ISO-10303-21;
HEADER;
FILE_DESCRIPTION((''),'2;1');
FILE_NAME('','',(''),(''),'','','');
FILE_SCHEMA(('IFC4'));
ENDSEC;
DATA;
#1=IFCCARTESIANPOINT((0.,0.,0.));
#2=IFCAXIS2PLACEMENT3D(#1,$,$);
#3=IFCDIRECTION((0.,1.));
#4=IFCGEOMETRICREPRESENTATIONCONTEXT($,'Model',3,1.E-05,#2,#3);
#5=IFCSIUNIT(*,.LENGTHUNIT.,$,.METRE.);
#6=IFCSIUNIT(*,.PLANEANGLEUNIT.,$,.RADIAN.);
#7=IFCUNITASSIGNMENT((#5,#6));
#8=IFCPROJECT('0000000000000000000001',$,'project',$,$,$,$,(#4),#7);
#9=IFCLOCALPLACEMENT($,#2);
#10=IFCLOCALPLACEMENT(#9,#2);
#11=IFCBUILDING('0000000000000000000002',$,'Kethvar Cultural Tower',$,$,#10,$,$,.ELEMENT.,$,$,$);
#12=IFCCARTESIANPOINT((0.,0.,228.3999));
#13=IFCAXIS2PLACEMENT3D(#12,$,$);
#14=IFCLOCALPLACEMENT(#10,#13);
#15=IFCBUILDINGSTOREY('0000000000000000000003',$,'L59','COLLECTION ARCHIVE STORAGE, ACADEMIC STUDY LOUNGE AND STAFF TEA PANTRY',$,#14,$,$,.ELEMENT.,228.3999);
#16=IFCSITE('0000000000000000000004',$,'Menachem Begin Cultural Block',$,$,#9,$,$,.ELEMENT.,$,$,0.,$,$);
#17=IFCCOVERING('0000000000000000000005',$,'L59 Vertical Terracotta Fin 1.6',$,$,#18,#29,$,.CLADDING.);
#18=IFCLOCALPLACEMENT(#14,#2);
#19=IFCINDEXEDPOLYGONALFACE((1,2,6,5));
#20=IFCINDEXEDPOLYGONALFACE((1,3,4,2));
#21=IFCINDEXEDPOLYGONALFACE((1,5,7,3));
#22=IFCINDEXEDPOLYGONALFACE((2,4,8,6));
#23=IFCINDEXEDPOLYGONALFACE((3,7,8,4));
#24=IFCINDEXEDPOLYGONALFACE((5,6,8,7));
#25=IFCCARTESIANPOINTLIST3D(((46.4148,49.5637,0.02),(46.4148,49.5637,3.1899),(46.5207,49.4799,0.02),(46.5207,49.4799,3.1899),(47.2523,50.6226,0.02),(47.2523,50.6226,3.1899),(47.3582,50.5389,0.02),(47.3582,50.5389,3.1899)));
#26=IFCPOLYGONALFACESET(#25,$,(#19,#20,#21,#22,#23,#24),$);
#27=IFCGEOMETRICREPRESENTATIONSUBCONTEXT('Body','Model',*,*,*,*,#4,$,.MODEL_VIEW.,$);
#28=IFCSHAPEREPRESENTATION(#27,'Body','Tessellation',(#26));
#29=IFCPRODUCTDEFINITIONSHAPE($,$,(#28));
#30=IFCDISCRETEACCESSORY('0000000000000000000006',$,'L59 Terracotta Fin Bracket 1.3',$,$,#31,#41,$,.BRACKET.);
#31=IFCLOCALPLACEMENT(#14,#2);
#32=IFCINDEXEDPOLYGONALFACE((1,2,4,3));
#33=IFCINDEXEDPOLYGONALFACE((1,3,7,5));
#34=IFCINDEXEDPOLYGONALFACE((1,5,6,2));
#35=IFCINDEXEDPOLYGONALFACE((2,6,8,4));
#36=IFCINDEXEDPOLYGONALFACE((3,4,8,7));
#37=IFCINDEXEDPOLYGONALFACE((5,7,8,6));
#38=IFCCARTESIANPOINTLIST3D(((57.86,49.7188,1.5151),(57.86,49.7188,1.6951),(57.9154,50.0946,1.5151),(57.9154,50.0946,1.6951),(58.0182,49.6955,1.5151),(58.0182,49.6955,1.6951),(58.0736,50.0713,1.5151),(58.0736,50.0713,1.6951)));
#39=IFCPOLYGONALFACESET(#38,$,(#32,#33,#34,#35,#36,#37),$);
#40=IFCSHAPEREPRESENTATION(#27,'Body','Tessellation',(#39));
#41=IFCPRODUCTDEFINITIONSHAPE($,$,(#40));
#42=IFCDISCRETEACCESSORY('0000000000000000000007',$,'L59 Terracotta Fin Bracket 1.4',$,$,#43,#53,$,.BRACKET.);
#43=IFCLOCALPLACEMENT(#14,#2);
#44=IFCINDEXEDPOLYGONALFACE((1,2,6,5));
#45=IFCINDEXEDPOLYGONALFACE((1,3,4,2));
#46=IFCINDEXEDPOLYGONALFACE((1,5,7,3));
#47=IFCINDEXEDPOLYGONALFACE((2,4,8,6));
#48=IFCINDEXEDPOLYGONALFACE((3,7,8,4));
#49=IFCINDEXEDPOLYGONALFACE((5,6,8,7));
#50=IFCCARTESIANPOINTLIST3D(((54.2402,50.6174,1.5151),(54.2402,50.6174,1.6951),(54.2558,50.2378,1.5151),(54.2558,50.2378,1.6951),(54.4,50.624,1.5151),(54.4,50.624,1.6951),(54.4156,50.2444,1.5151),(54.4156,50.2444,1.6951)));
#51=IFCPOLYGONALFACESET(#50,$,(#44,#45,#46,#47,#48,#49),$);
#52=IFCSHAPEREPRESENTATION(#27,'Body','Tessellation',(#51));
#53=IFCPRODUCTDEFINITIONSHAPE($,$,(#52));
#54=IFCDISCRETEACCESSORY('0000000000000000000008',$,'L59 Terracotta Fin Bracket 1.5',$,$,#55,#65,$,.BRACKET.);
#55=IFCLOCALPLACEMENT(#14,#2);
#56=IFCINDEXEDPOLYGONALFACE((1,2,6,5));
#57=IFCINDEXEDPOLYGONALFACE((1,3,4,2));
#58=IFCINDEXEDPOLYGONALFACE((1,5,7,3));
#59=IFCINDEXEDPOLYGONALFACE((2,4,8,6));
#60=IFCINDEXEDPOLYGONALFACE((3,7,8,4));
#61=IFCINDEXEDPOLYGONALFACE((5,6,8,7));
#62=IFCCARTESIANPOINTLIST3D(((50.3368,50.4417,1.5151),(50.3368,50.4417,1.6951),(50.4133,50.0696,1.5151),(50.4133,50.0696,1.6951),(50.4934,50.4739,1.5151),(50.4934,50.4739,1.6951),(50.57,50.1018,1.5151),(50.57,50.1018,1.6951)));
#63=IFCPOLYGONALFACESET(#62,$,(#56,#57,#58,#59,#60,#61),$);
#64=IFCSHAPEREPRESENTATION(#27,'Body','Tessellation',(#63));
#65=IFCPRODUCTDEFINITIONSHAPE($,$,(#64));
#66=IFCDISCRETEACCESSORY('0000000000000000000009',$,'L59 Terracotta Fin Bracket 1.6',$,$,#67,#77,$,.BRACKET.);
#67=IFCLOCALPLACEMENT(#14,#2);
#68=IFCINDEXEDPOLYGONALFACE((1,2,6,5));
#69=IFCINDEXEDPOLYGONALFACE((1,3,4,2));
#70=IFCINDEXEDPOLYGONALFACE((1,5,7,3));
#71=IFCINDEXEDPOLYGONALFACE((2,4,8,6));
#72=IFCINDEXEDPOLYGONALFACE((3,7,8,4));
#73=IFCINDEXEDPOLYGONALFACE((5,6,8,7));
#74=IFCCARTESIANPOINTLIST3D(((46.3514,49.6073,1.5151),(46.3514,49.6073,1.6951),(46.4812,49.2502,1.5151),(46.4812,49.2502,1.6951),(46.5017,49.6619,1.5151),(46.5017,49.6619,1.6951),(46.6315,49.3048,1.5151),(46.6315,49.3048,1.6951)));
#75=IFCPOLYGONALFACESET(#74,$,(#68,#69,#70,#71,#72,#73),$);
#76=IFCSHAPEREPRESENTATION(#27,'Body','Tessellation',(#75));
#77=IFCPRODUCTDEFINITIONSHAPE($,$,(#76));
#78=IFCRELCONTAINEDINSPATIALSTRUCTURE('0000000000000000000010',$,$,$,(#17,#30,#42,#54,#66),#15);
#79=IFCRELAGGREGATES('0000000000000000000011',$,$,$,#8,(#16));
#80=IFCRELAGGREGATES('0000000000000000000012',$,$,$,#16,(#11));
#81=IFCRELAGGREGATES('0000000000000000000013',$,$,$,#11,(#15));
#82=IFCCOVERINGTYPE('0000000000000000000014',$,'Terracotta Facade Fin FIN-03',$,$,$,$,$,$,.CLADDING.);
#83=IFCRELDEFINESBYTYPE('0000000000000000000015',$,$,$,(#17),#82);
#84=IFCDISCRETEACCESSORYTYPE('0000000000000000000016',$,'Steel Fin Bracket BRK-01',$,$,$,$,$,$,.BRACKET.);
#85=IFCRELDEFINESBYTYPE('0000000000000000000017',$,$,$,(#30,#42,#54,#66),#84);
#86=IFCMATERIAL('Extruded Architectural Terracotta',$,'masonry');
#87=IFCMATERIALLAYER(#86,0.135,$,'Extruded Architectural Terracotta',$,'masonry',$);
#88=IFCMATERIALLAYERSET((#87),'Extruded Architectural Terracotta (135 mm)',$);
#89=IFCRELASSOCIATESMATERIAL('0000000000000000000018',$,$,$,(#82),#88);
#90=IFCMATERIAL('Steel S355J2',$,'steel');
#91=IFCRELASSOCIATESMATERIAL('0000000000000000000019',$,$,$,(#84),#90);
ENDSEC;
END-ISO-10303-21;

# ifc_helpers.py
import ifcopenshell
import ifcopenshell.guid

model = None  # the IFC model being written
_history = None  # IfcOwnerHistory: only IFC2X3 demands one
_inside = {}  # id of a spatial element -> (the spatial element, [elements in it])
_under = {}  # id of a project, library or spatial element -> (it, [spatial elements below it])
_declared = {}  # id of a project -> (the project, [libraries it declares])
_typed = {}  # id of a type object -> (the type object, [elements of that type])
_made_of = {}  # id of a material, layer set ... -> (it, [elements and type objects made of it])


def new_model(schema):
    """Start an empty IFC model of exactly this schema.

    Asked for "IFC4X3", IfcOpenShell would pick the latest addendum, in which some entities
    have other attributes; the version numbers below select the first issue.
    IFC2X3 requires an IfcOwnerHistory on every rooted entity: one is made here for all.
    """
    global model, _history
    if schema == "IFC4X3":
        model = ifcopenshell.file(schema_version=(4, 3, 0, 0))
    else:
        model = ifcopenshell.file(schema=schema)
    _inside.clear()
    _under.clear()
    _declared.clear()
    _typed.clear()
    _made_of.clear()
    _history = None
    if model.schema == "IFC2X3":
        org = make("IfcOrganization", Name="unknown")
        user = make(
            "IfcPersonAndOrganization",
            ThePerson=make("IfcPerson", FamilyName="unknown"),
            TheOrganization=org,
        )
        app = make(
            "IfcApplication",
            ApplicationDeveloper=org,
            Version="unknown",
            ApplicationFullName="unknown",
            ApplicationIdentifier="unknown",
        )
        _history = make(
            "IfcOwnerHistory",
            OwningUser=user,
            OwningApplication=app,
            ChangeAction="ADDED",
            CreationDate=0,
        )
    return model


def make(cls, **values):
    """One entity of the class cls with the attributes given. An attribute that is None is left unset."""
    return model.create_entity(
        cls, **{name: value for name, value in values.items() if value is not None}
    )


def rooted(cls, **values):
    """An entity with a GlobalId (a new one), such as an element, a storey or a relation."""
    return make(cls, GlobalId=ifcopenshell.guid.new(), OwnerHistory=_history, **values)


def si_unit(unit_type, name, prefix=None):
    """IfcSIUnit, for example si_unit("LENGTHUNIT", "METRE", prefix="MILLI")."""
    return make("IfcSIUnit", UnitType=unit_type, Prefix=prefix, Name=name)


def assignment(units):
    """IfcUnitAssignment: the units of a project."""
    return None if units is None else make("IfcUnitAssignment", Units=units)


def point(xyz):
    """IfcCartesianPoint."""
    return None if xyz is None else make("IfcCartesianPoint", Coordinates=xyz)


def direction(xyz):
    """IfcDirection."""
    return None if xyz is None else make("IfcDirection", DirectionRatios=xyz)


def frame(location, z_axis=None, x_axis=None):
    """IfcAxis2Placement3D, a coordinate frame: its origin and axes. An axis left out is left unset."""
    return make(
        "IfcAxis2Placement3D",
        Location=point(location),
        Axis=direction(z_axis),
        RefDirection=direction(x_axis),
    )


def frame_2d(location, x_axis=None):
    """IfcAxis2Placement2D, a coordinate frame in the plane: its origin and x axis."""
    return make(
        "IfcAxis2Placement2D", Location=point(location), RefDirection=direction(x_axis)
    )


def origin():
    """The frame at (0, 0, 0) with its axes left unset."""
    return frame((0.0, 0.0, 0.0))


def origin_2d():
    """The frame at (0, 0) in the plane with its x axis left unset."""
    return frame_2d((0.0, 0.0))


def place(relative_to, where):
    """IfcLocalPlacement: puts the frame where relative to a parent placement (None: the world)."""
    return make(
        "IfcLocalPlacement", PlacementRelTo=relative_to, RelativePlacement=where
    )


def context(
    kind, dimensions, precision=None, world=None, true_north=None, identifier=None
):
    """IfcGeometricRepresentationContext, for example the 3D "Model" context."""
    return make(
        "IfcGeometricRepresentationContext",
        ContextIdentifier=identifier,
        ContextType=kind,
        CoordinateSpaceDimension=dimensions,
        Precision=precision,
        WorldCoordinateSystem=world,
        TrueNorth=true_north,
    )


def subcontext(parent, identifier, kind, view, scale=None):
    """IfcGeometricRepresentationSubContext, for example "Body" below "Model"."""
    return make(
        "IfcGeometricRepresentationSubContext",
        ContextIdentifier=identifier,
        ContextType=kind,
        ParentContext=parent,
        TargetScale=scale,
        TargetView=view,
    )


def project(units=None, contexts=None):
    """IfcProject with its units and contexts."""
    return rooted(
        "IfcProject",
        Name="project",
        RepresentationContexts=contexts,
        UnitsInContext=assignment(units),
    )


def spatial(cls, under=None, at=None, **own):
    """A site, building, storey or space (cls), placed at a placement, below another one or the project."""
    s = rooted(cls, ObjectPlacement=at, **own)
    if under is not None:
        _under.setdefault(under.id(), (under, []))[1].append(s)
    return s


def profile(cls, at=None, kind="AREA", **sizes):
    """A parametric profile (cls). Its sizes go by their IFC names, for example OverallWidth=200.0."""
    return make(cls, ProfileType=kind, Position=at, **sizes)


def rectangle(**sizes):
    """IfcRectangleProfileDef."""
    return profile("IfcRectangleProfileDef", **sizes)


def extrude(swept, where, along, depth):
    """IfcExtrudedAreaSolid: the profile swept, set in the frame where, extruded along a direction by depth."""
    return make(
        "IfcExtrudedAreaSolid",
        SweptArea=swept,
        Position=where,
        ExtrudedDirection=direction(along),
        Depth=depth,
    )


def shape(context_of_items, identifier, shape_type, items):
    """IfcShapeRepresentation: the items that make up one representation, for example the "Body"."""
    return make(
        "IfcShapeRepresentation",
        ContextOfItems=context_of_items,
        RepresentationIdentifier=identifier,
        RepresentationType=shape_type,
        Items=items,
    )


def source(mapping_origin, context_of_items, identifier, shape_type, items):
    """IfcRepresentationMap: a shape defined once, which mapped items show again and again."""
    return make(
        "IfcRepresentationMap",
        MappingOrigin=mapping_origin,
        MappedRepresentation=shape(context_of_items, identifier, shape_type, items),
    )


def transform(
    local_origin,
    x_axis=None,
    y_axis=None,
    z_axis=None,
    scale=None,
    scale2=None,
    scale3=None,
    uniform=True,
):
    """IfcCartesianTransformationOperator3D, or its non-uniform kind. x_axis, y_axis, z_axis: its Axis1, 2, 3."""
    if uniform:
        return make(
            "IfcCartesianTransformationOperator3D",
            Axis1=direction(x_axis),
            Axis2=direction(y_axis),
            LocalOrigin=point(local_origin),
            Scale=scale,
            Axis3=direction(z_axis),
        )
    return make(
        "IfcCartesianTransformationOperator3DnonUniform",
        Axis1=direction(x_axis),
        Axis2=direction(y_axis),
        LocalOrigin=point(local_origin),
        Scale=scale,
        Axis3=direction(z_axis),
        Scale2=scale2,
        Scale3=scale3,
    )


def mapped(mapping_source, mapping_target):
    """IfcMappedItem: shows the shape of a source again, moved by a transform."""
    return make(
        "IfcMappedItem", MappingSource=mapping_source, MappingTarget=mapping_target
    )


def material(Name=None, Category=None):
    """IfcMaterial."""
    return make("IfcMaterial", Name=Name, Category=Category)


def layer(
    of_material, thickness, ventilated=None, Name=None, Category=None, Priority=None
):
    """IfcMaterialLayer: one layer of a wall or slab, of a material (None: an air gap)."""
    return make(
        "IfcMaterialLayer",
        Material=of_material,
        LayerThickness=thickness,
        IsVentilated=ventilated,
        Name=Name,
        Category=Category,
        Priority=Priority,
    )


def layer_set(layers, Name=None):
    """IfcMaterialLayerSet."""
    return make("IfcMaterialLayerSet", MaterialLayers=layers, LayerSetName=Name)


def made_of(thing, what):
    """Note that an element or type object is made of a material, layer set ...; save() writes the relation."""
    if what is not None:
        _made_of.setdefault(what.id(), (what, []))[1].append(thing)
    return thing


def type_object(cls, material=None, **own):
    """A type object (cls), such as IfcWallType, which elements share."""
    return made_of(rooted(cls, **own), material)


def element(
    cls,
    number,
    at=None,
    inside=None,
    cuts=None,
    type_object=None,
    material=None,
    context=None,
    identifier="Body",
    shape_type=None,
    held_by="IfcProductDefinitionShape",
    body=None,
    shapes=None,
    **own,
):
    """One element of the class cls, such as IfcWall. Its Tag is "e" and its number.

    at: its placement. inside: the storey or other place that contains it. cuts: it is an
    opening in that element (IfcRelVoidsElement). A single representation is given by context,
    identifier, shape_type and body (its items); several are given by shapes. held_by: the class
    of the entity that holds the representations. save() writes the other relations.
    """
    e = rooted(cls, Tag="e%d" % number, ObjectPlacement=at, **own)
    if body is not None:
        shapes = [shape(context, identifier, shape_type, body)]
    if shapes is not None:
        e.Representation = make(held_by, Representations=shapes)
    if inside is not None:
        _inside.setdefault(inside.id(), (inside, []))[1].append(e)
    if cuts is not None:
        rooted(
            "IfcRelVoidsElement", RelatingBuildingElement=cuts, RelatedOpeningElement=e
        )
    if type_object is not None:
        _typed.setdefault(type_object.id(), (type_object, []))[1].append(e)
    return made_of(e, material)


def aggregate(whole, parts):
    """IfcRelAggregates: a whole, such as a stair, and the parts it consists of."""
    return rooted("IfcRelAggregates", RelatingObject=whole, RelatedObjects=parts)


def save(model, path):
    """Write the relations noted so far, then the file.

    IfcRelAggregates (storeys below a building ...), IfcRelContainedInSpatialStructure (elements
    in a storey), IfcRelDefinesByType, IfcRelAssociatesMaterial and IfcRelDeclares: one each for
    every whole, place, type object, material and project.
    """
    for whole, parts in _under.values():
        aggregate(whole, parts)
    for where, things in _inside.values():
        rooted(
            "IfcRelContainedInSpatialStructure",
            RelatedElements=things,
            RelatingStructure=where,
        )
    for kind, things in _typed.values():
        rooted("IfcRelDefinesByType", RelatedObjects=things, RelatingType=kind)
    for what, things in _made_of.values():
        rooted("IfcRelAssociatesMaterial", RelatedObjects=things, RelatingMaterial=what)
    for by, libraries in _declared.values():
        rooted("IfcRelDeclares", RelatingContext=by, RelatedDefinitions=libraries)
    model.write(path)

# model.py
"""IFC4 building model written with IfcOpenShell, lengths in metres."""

from ifc_helpers import new_model, si_unit, direction, frame, origin, origin_2d, place, context, subcontext, project, spatial, rectangle, extrude, source, transform, mapped, material, layer, layer_set, type_object, element, save


model = new_model("IFC4")

# Units and contexts
model_context = context("Model", 3, precision=1e-05, world=origin(), true_north=direction((0.0, 1.0)))
body_context = subcontext(model_context, "Body", "Model", "MODEL_VIEW")
ifc_project = project(units=[si_unit("LENGTHUNIT", "METRE"), si_unit("PLANEANGLEUNIT", "RADIAN")], contexts=[model_context])

# Site, building, storey
site_placement = place(None, origin())
site = spatial("IfcSite", under=ifc_project, at=site_placement, Name="Menachem Begin Cultural Block", CompositionType="ELEMENT", RefElevation=0.0)
building_placement = place(site_placement, origin())
building = spatial("IfcBuilding", under=site, at=building_placement, Name="Kethvar Cultural Tower", CompositionType="ELEMENT")
storey_placement = place(building_placement, frame((0.0, 0.0, 228.3999)))
storey = spatial("IfcBuildingStorey", under=building, at=storey_placement, Name="L59", Description="COLLECTION ARCHIVE STORAGE, ACADEMIC STUDY LOUNGE AND STAFF TEA PANTRY", CompositionType="ELEMENT", Elevation=228.3999)

# Shared definitions
ifc_material_1 = material(Name="Steel S355J2", Category="steel")

# Covering
ifc_material_2 = material(Name="Extruded Architectural Terracotta", Category="masonry")
ifc_layer_1 = layer(ifc_material_2, 0.135, Name="Extruded Architectural Terracotta", Category="masonry")
ifc_layer_set_1 = layer_set([ifc_layer_1], Name="Extruded Architectural Terracotta (135 mm)")
covering_type = type_object("IfcCoveringType", Name="Terracotta Facade Fin FIN-03", PredefinedType="CLADDING", material=ifc_layer_set_1)
shared_shape_1 = source(origin(), body_context, "Body", "SweptSolid", [
    extrude(rectangle(XDim=1.3501, YDim=0.135, at=origin_2d()), origin(), (0.0, 0.0, 1.0), 3.1699),
])
for number, where, z_axis, x_axis, name in (
    (1, (46.8865, 50.0513, 0.02), (0.0, 0.0, 1.0), (0.620327, 0.784343, 0.0), "L59 Vertical Terracotta Fin 1.6"),
):
    element("IfcCovering", number, at=place(storey_placement, frame(where, z_axis=z_axis, x_axis=x_axis)), inside=storey, type_object=covering_type, Name=name, PredefinedType="CLADDING", context=body_context, shape_type="MappedRepresentation", body=[
        mapped(shared_shape_1, transform((0.0, 0.0, 0.0), scale=1.0)),
    ])

# Discrete accessories
discrete_accessory_type = type_object("IfcDiscreteAccessoryType", Name="Steel Fin Bracket BRK-01", PredefinedType="BRACKET", material=ifc_material_1)
shared_shape_2 = source(origin(), body_context, "Body", "SweptSolid", [
    extrude(rectangle(XDim=0.3799, YDim=0.1599, at=origin_2d()), origin(), (0.0, 0.0, 1.0), 0.1799),
])
for number, where, z_axis, x_axis, name in (
    (2, (57.9668, 49.895, 1.5151), (0.0, 0.0, 1.0), (0.145738, 0.989323, 0.0), "L59 Terracotta Fin Bracket 1.3"),
    (3, (54.3279, 50.4309, 1.5151), (0.0, 0.0, 1.0), (-0.041004, 0.999159, 0.0), "L59 Terracotta Fin Bracket 1.4"),
    (4, (50.4534, 50.2717, 1.5151), (0.0, 0.0, 1.0), (-0.201591, 0.97947, 0.0), "L59 Terracotta Fin Bracket 1.5"),
    (5, (46.4915, 49.4561, 1.5151), (0.0, 0.0, 1.0), (-0.341528, 0.939872, 0.0), "L59 Terracotta Fin Bracket 1.6"),
):
    element("IfcDiscreteAccessory", number, at=place(storey_placement, frame(where, z_axis=z_axis, x_axis=x_axis)), inside=storey, type_object=discrete_accessory_type, Name=name, PredefinedType="BRACKET", context=body_context, shape_type="MappedRepresentation", body=[
        mapped(shared_shape_2, transform((0.0, 0.0, 0.0), scale=1.0)),
    ])

save(model, "model.ifc")
